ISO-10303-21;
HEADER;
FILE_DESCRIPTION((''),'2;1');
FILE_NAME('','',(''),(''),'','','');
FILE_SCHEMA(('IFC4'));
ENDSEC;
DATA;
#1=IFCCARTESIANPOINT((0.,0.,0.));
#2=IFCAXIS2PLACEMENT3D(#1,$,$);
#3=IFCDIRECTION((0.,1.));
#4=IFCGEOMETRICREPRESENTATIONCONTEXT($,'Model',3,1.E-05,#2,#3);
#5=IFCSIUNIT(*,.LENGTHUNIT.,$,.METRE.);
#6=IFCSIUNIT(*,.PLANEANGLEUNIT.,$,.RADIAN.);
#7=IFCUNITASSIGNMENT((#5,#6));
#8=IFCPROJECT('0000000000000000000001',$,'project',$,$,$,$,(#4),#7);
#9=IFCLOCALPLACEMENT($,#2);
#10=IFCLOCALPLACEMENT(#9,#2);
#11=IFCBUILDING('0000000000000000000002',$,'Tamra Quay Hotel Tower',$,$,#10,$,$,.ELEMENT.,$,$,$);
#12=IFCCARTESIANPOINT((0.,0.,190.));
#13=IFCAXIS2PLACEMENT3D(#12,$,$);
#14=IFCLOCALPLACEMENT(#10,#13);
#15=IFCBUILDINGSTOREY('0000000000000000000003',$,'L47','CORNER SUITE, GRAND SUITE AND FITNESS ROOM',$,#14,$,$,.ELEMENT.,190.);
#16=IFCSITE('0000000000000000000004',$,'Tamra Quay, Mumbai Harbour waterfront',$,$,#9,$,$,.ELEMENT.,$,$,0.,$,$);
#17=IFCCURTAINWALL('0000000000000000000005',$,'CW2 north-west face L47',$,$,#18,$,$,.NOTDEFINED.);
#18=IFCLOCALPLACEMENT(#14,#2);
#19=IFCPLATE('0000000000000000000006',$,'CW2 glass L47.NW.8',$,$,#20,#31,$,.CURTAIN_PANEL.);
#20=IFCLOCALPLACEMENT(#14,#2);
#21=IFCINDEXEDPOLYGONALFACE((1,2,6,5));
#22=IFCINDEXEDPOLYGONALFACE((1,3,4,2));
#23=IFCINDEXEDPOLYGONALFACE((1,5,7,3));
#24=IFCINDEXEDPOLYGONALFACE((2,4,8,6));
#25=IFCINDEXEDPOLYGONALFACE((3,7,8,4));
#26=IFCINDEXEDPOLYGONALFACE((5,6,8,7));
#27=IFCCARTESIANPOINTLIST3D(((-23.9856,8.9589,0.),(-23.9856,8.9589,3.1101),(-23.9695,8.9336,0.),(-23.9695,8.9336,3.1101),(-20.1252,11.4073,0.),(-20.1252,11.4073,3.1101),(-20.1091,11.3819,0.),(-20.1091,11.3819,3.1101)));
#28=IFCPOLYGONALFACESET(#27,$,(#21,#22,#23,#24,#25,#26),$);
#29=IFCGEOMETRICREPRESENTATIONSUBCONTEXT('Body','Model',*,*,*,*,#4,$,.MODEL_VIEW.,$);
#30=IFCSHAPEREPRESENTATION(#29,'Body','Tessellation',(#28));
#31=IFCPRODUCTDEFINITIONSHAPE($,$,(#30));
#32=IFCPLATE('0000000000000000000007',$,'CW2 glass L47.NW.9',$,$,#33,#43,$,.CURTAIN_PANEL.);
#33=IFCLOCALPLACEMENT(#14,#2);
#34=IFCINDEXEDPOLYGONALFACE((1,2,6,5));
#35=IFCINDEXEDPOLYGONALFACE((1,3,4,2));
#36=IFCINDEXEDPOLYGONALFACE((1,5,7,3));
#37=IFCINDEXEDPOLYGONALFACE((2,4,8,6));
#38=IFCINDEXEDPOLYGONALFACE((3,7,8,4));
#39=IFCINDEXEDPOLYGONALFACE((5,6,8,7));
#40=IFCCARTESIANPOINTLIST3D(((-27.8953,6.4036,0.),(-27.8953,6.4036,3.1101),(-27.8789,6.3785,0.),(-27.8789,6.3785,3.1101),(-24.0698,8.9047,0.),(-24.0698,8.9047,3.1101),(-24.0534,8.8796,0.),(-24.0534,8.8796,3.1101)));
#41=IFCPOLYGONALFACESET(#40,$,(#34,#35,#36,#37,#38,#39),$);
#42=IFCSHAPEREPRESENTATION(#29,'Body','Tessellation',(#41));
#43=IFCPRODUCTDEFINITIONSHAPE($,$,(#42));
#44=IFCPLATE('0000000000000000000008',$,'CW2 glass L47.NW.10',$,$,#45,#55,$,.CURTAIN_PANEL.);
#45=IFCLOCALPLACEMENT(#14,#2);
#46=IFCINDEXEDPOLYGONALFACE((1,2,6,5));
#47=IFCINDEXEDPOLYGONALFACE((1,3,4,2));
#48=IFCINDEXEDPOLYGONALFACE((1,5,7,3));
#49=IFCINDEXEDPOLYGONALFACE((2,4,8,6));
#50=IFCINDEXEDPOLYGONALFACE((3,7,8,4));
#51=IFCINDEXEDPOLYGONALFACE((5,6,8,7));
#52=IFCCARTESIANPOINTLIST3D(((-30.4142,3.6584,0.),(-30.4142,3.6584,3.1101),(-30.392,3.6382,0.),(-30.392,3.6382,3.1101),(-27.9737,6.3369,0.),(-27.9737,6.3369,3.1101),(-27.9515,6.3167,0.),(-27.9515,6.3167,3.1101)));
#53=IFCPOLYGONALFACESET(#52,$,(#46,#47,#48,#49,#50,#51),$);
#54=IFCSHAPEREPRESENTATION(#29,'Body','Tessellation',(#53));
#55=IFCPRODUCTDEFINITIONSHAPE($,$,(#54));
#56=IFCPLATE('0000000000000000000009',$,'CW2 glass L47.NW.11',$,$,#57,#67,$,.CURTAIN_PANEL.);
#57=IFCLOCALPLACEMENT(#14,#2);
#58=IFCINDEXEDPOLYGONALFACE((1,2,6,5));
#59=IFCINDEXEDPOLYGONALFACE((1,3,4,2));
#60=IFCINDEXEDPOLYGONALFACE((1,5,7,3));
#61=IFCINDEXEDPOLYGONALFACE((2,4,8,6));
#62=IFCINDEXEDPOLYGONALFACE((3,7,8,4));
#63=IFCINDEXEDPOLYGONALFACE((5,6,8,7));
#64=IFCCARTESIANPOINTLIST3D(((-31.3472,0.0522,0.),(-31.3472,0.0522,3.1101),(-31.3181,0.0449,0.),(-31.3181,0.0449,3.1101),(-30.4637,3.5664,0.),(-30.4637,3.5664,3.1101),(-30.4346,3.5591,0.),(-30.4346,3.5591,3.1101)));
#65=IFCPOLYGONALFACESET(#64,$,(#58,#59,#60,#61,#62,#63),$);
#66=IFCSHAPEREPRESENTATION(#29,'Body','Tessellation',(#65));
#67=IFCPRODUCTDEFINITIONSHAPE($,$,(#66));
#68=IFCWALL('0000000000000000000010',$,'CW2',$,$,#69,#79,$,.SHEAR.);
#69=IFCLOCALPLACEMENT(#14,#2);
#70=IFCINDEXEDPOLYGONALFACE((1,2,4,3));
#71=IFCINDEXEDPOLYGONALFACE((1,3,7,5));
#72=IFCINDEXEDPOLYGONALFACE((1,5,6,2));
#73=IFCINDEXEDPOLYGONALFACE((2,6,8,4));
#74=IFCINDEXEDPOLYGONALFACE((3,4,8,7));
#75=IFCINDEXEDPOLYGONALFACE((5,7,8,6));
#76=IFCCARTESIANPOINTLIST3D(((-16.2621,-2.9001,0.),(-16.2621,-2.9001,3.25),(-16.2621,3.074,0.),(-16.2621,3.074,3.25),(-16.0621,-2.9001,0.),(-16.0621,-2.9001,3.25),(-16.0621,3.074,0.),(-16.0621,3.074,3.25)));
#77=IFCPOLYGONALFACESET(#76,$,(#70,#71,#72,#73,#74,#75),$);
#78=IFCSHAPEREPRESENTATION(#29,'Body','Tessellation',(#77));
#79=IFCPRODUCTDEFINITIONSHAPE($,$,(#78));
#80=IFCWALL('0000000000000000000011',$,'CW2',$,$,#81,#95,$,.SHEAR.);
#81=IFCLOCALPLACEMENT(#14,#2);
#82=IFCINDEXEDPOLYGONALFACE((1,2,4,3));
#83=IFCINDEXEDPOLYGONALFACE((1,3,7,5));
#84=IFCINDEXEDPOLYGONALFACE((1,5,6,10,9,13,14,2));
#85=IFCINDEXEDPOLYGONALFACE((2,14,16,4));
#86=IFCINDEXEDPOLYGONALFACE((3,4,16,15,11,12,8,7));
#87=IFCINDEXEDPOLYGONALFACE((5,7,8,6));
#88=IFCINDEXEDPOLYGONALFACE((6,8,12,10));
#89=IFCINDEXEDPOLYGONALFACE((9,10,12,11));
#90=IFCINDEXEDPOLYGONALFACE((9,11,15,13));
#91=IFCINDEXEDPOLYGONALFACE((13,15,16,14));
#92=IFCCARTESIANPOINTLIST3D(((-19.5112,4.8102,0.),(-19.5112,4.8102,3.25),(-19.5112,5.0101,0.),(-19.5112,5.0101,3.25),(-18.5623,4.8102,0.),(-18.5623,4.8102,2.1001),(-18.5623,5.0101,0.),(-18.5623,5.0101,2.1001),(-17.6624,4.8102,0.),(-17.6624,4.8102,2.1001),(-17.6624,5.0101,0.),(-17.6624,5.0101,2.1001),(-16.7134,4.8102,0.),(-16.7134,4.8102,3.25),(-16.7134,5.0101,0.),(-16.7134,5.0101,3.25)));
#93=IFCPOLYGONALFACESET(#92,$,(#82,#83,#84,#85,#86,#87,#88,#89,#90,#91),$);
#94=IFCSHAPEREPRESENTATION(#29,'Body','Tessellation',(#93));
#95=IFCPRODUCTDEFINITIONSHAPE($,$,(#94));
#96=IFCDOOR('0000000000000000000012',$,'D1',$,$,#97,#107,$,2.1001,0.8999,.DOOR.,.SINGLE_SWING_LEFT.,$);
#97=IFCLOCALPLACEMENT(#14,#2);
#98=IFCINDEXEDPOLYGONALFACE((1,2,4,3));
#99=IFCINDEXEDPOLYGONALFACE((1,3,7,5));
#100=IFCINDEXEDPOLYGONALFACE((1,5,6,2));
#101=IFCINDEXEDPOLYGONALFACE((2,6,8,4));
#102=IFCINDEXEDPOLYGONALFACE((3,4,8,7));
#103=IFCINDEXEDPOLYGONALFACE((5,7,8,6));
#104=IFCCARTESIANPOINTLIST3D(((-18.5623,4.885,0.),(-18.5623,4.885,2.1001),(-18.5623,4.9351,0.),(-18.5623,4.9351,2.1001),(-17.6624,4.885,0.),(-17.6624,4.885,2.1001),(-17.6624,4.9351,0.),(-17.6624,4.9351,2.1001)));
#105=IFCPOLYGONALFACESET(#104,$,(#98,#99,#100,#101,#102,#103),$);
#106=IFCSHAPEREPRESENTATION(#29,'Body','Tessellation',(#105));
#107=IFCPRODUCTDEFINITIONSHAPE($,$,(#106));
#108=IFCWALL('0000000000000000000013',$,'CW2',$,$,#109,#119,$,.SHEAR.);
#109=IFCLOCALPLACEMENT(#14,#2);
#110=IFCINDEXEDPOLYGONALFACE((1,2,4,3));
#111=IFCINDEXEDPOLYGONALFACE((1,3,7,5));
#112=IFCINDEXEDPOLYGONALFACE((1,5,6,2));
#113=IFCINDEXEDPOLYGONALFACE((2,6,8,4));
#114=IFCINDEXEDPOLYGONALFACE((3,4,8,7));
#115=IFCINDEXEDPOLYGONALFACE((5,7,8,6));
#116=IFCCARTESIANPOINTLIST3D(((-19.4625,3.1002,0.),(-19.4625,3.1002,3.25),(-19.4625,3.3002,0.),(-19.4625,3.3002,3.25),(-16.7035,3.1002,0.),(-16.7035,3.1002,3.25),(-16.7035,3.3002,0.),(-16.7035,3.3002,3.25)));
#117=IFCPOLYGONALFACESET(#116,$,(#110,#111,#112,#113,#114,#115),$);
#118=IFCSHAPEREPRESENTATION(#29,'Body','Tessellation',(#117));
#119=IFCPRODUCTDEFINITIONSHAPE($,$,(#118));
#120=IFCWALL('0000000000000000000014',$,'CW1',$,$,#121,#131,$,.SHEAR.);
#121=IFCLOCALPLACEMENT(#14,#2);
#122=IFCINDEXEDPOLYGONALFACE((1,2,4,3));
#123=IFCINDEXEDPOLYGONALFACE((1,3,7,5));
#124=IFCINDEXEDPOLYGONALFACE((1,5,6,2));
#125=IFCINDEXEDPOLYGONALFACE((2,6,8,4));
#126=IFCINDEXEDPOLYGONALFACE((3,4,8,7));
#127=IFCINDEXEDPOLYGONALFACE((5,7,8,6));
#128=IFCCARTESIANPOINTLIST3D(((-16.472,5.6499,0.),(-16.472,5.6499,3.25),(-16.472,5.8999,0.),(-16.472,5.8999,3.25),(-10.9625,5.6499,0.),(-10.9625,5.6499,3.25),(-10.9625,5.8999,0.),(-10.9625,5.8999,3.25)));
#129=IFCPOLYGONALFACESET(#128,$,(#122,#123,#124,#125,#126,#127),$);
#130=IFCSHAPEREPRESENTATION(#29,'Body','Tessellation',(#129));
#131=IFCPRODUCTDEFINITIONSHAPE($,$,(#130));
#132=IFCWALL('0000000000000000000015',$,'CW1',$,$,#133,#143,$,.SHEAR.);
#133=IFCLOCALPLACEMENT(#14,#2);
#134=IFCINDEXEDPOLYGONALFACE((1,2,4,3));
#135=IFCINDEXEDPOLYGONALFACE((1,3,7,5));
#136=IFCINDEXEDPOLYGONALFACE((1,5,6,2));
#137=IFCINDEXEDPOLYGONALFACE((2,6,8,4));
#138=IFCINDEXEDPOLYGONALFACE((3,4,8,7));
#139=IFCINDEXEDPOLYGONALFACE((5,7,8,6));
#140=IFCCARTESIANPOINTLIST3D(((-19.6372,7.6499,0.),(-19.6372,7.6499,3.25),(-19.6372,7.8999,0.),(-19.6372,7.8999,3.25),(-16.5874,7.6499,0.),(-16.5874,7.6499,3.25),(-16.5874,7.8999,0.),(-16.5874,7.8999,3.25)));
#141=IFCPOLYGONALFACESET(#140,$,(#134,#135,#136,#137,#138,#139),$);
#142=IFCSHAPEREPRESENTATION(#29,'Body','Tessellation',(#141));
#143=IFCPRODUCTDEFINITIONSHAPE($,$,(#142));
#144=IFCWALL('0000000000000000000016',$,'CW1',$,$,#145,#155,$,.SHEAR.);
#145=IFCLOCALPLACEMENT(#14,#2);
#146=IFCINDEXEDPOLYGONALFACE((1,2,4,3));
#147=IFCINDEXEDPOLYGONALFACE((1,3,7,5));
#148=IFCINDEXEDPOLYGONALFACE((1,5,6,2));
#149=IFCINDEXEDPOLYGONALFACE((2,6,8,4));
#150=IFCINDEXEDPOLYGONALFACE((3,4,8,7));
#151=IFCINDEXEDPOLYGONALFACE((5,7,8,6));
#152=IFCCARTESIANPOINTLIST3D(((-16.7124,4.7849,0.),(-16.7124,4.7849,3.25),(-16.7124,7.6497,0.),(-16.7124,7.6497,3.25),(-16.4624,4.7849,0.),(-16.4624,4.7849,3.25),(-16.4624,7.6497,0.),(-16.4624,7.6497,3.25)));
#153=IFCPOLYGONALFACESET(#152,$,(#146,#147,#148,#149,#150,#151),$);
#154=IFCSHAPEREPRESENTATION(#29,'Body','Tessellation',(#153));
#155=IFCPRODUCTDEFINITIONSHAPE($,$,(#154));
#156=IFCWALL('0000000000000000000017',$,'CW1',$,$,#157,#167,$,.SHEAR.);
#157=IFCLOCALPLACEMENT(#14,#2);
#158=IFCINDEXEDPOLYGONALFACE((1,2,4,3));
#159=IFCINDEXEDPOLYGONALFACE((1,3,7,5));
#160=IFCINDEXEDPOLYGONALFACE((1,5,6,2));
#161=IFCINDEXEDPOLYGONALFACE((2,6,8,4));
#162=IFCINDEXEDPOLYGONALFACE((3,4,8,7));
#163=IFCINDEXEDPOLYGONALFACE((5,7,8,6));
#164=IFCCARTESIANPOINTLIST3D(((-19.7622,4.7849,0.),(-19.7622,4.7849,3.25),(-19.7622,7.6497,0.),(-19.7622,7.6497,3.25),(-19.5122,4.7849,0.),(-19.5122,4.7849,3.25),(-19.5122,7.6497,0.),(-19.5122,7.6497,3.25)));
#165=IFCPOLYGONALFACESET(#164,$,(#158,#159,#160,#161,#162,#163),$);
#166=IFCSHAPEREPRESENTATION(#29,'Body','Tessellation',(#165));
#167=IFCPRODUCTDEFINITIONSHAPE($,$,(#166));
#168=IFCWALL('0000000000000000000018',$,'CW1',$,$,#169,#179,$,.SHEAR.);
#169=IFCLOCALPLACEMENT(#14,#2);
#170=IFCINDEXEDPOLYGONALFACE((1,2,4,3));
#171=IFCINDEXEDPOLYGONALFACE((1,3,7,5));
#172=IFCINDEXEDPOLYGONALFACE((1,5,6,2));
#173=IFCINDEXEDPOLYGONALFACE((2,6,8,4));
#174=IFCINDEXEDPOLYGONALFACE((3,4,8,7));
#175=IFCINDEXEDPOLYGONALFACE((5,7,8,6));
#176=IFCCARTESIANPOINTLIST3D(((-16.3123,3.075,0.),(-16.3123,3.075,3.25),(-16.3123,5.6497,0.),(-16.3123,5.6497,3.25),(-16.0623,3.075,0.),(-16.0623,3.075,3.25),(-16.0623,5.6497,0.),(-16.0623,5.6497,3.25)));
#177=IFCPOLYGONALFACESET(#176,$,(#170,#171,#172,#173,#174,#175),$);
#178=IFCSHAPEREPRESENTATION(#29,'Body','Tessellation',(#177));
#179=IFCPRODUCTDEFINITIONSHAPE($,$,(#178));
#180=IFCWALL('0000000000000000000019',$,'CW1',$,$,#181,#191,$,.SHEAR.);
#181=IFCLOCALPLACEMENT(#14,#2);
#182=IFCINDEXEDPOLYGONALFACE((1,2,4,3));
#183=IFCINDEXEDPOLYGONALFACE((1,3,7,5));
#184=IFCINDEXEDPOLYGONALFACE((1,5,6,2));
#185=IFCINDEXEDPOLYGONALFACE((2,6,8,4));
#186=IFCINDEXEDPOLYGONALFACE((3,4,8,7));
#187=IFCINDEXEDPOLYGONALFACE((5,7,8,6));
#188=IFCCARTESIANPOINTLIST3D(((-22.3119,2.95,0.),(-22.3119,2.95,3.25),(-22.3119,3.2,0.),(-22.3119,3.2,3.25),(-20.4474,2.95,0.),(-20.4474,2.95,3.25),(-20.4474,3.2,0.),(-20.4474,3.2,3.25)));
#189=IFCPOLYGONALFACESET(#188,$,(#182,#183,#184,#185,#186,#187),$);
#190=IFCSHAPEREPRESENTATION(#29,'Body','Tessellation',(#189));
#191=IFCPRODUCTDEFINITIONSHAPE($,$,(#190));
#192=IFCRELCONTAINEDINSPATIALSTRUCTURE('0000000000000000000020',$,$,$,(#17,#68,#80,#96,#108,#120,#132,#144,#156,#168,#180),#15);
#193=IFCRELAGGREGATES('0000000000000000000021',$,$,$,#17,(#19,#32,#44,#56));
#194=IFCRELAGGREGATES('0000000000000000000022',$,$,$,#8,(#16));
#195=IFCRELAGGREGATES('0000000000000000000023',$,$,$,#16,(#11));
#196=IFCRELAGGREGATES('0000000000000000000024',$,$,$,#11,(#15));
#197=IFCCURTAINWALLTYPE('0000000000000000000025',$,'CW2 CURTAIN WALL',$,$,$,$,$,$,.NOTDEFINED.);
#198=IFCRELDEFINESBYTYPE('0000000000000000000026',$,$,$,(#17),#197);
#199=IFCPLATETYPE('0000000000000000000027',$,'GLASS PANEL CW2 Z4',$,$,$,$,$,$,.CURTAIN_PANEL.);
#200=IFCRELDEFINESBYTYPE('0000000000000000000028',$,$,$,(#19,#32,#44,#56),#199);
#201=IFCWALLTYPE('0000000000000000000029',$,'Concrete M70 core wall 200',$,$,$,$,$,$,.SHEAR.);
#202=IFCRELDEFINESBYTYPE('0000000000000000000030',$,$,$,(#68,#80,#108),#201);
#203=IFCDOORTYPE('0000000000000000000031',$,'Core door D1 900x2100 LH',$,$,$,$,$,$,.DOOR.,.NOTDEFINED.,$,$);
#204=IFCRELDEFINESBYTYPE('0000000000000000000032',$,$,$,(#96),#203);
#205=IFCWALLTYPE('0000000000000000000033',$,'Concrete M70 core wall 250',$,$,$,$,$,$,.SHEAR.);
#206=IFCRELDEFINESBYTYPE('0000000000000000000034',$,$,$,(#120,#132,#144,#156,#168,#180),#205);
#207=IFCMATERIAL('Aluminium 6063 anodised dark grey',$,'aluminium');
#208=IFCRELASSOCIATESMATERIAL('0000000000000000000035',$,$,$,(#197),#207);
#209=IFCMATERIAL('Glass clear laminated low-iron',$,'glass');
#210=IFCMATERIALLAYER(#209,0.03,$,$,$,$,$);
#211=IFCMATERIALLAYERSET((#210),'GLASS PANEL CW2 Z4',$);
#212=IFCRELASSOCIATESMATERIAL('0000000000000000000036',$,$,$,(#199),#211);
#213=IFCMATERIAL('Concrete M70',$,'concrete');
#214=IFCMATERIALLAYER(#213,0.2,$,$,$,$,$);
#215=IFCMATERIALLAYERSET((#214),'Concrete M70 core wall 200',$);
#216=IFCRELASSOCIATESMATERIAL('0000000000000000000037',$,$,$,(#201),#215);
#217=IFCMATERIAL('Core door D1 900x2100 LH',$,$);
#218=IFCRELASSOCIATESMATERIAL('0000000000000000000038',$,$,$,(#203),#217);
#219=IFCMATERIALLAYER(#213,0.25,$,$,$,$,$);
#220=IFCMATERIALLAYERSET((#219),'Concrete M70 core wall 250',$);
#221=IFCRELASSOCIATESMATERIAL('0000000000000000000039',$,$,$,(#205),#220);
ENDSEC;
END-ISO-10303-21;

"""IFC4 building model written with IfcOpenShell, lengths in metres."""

from ifc_helpers import new_model, si_unit, direction, frame, frame_2d, origin, origin_2d, place, context, subcontext, project, spatial, rectangle, extrude, material, layer, layer_set, type_object, element, fill, aggregate, save


model = new_model("IFC4")

# Units and contexts
model_context = context("Model", 3, precision=1e-05, world=origin(), true_north=direction((0.0, 1.0)))
body_context = subcontext(model_context, "Body", "Model", "MODEL_VIEW")
ifc_project = project(units=[si_unit("LENGTHUNIT", "METRE"), si_unit("PLANEANGLEUNIT", "RADIAN")], contexts=[model_context])

# Site, building, storey
site_placement = place(None, origin())
site = spatial("IfcSite", under=ifc_project, at=site_placement, Name="Tamra Quay, Mumbai Harbour waterfront", CompositionType="ELEMENT", RefElevation=0.0)
building_placement = place(site_placement, origin())
building = spatial("IfcBuilding", under=site, at=building_placement, Name="Tamra Quay Hotel Tower", CompositionType="ELEMENT")
storey_placement = place(building_placement, frame((0.0, 0.0, 190.0)))
storey = spatial("IfcBuildingStorey", under=building, at=storey_placement, Name="L47", Description="CORNER SUITE, GRAND SUITE AND FITNESS ROOM", CompositionType="ELEMENT", Elevation=190.0)

# Shared definitions
ifc_material_1 = material(Name="Concrete M70", Category="concrete")

# Curtain wall
ifc_material_2 = material(Name="Aluminium 6063 anodised dark grey", Category="aluminium")
curtain_wall_type = type_object("IfcCurtainWallType", Name="CW2 CURTAIN WALL", PredefinedType="NOTDEFINED", material=ifc_material_2)
curtain_wall_placement = place(storey_placement, origin())
curtain_wall = element("IfcCurtainWall", 1, at=curtain_wall_placement, inside=storey, type_object=curtain_wall_type, Name="CW2 north-west face L47", PredefinedType="NOTDEFINED")

# Plates
ifc_material_3 = material(Name="Glass clear laminated low-iron", Category="glass")
ifc_layer_1 = layer(ifc_material_3, 0.03)
ifc_layer_set_1 = layer_set([ifc_layer_1], Name="GLASS PANEL CW2 Z4")
plate_type = type_object("IfcPlateType", Name="GLASS PANEL CW2 Z4", PredefinedType="CURTAIN_PANEL", material=ifc_layer_set_1)
plate_1_placement = place(storey_placement, frame((-22.0474, 10.1704, 0.0), z_axis=(0.0, 0.0, 1.0), x_axis=(-0.844476, -0.535593, 0.0)))
plate_1 = element("IfcPlate", 2, at=plate_1_placement, type_object=plate_type, Name="CW2 glass L47.NW.8", PredefinedType="CURTAIN_PANEL", context=body_context, shape_type="SweptSolid", body=[
    extrude(rectangle(XDim=4.5713, YDim=0.03, at=origin_2d()), origin(), (0.0, 0.0, 1.0), 3.1101),
])
plate_2_placement = place(storey_placement, frame((-25.9744, 7.6416, 0.0), z_axis=(0.0, 0.0, 1.0), x_axis=(-0.836986, -0.547224, 0.0)))
plate_2 = element("IfcPlate", 3, at=plate_2_placement, type_object=plate_type, Name="CW2 glass L47.NW.9", PredefinedType="CURTAIN_PANEL", context=body_context, shape_type="SweptSolid", body=[
    extrude(rectangle(XDim=4.5706, YDim=0.03, at=origin_2d()), origin(), (0.0, 0.0, 1.0), 3.1101),
])
plate_3_placement = place(storey_placement, frame((-29.1829, 4.9875, 0.0), z_axis=(0.0, 0.0, 1.0), x_axis=(-0.673496, -0.739191, 0.0)))
plate_3 = element("IfcPlate", 4, at=plate_3_placement, type_object=plate_type, Name="CW2 glass L47.NW.10", PredefinedType="CURTAIN_PANEL", context=body_context, shape_type="SweptSolid", body=[
    extrude(rectangle(XDim=3.6235, YDim=0.03, at=origin_2d()), origin(), (0.0, 0.0, 1.0), 3.1101),
])
plate_4_placement = place(storey_placement, frame((-30.8909, 1.8057, 0.0), z_axis=(0.0, 0.0, 1.0), x_axis=(-0.243826, -0.969819, 0.0)))
plate_4 = element("IfcPlate", 5, at=plate_4_placement, type_object=plate_type, Name="CW2 glass L47.NW.11", PredefinedType="CURTAIN_PANEL", context=body_context, shape_type="SweptSolid", body=[
    extrude(rectangle(XDim=3.6235, YDim=0.03, at=origin_2d()), origin(), (0.0, 0.0, 1.0), 3.1101),
])
aggregate(curtain_wall, [plate_1, plate_2, plate_3, plate_4])

# Wall
ifc_layer_2 = layer(ifc_material_1, 0.2)
ifc_layer_set_2 = layer_set([ifc_layer_2], Name="Concrete M70 core wall 200")
wall_type_1 = type_object("IfcWallType", Name="Concrete M70 core wall 200", PredefinedType="SHEAR", material=ifc_layer_set_2)
wall_1_placement = place(storey_placement, frame((-16.1621, 3.074, 0.0), z_axis=(0.0, 0.0, 1.0), x_axis=(0.0, -1.0, 0.0)))
element("IfcWall", 6, at=wall_1_placement, inside=storey, type_object=wall_type_1, Name="CW2", PredefinedType="SHEAR", context=body_context, shape_type="SweptSolid", body=[
    extrude(rectangle(XDim=5.9741, YDim=0.2, at=frame_2d((2.9871, 0.0))), origin(), (0.0, 0.0, 1.0), 3.25),
])

# Wall, opening, door
wall_2_placement = place(storey_placement, frame((-19.5112, 4.9102, 0.0), z_axis=(0.0, 0.0, 1.0), x_axis=(1.0, 0.0, 0.0)))
wall_2 = element("IfcWall", 7, at=wall_2_placement, inside=storey, type_object=wall_type_1, Name="CW2", PredefinedType="SHEAR", context=body_context, shape_type="SweptSolid", body=[
    extrude(rectangle(XDim=2.7979, YDim=0.2, at=frame_2d((1.3989, 0.0))), origin(), (0.0, 0.0, 1.0), 3.25),
])
opening_placement = place(wall_2_placement, frame((0.949, 0.0, 0.0)))
opening = element("IfcOpeningElement", 8, at=opening_placement, cuts=wall_2, PredefinedType="OPENING", context=body_context, shape_type="SweptSolid", body=[
    extrude(rectangle(XDim=0.8999, YDim=2.1001, at=frame_2d((0.45, 1.05))), frame((0.0, 0.1099, 0.0), z_axis=(0.0, -1.0, 0.0), x_axis=(1.0, 0.0, 0.0)), (0.0, 0.0, 1.0), 0.22),
])
ifc_material_4 = material(Name="Core door D1 900x2100 LH")
door_type = type_object("IfcDoorType", Name="Core door D1 900x2100 LH", OperationType="NOTDEFINED", PredefinedType="DOOR", material=ifc_material_4)
door_placement = place(opening_placement, origin())
door = element("IfcDoor", 9, at=door_placement, inside=storey, type_object=door_type, Name="D1", OperationType="SINGLE_SWING_LEFT", OverallHeight=2.1001, OverallWidth=0.8999, PredefinedType="DOOR", context=body_context, shape_type="SweptSolid", body=[
    extrude(rectangle(XDim=0.8999, YDim=2.1001, at=frame_2d((0.45, 1.05))), frame((0.0, 0.0249, 0.0), z_axis=(0.0, -1.0, 0.0), x_axis=(1.0, 0.0, 0.0)), (0.0, 0.0, 1.0), 0.05),
])
fill(opening, door)

# Walls
wall_3_placement = place(storey_placement, frame((-19.4624, 3.2002, 0.0), z_axis=(0.0, 0.0, 1.0), x_axis=(1.0, 0.0, 0.0)))
element("IfcWall", 10, at=wall_3_placement, inside=storey, type_object=wall_type_1, Name="CW2", PredefinedType="SHEAR", context=body_context, shape_type="SweptSolid", body=[
    extrude(rectangle(XDim=2.759, YDim=0.2, at=frame_2d((1.3794, 0.0))), origin(), (0.0, 0.0, 1.0), 3.25),
])
ifc_layer_3 = layer(ifc_material_1, 0.25)
ifc_layer_set_3 = layer_set([ifc_layer_3], Name="Concrete M70 core wall 250")
wall_type_2 = type_object("IfcWallType", Name="Concrete M70 core wall 250", PredefinedType="SHEAR", material=ifc_layer_set_3)
wall_4_placement = place(storey_placement, frame((-16.4722, 5.7749, 0.0), z_axis=(0.0, 0.0, 1.0), x_axis=(1.0, 0.0, 0.0)))
element("IfcWall", 11, at=wall_4_placement, inside=storey, type_object=wall_type_2, Name="CW1", PredefinedType="SHEAR", context=body_context, shape_type="SweptSolid", body=[
    extrude(rectangle(XDim=5.5095, YDim=0.25, at=frame_2d((2.7549, 0.0))), origin(), (0.0, 0.0, 1.0), 3.25),
])
wall_5_placement = place(storey_placement, frame((-19.6372, 7.7749, 0.0), z_axis=(0.0, 0.0, 1.0), x_axis=(1.0, 0.0, 0.0)))
element("IfcWall", 12, at=wall_5_placement, inside=storey, type_object=wall_type_2, Name="CW1", PredefinedType="SHEAR", context=body_context, shape_type="SweptSolid", body=[
    extrude(rectangle(XDim=3.0498, YDim=0.25, at=frame_2d((1.5249, 0.0))), origin(), (0.0, 0.0, 1.0), 3.25),
])
for number, where, z_axis, x_axis, name in (
    (13, (-16.5874, 7.6497, 0.0), (0.0, 0.0, 1.0), (0.0, -1.0, 0.0), "CW1"),
    (14, (-19.6372, 4.7849, 0.0), (0.0, 0.0, 1.0), (0.0, 1.0, 0.0), "CW1"),
):
    element("IfcWall", number, at=place(storey_placement, frame(where, z_axis=z_axis, x_axis=x_axis)), inside=storey, type_object=wall_type_2, Name=name, PredefinedType="SHEAR", context=body_context, shape_type="SweptSolid", body=[
        extrude(rectangle(XDim=2.8647, YDim=0.25, at=frame_2d((1.4324, 0.0))), origin(), (0.0, 0.0, 1.0), 3.25),
    ])
wall_6_placement = place(storey_placement, frame((-16.1873, 3.075, 0.0), z_axis=(0.0, 0.0, 1.0), x_axis=(0.0, 1.0, 0.0)))
element("IfcWall", 15, at=wall_6_placement, inside=storey, type_object=wall_type_2, Name="CW1", PredefinedType="SHEAR", context=body_context, shape_type="SweptSolid", body=[
    extrude(rectangle(XDim=2.5747, YDim=0.25, at=frame_2d((1.2874, 0.0))), origin(), (0.0, 0.0, 1.0), 3.25),
])
wall_7_placement = place(storey_placement, frame((-22.3118, 3.075, 0.0), z_axis=(0.0, 0.0, 1.0), x_axis=(1.0, 0.0, 0.0)))
element("IfcWall", 16, at=wall_7_placement, inside=storey, type_object=wall_type_2, Name="CW1", PredefinedType="SHEAR", context=body_context, shape_type="SweptSolid", body=[
    extrude(rectangle(XDim=1.8645, YDim=0.25, at=frame_2d((0.9321, 0.0))), origin(), (0.0, 0.0, 1.0), 3.25),
])

save(model, "model.ifc")
